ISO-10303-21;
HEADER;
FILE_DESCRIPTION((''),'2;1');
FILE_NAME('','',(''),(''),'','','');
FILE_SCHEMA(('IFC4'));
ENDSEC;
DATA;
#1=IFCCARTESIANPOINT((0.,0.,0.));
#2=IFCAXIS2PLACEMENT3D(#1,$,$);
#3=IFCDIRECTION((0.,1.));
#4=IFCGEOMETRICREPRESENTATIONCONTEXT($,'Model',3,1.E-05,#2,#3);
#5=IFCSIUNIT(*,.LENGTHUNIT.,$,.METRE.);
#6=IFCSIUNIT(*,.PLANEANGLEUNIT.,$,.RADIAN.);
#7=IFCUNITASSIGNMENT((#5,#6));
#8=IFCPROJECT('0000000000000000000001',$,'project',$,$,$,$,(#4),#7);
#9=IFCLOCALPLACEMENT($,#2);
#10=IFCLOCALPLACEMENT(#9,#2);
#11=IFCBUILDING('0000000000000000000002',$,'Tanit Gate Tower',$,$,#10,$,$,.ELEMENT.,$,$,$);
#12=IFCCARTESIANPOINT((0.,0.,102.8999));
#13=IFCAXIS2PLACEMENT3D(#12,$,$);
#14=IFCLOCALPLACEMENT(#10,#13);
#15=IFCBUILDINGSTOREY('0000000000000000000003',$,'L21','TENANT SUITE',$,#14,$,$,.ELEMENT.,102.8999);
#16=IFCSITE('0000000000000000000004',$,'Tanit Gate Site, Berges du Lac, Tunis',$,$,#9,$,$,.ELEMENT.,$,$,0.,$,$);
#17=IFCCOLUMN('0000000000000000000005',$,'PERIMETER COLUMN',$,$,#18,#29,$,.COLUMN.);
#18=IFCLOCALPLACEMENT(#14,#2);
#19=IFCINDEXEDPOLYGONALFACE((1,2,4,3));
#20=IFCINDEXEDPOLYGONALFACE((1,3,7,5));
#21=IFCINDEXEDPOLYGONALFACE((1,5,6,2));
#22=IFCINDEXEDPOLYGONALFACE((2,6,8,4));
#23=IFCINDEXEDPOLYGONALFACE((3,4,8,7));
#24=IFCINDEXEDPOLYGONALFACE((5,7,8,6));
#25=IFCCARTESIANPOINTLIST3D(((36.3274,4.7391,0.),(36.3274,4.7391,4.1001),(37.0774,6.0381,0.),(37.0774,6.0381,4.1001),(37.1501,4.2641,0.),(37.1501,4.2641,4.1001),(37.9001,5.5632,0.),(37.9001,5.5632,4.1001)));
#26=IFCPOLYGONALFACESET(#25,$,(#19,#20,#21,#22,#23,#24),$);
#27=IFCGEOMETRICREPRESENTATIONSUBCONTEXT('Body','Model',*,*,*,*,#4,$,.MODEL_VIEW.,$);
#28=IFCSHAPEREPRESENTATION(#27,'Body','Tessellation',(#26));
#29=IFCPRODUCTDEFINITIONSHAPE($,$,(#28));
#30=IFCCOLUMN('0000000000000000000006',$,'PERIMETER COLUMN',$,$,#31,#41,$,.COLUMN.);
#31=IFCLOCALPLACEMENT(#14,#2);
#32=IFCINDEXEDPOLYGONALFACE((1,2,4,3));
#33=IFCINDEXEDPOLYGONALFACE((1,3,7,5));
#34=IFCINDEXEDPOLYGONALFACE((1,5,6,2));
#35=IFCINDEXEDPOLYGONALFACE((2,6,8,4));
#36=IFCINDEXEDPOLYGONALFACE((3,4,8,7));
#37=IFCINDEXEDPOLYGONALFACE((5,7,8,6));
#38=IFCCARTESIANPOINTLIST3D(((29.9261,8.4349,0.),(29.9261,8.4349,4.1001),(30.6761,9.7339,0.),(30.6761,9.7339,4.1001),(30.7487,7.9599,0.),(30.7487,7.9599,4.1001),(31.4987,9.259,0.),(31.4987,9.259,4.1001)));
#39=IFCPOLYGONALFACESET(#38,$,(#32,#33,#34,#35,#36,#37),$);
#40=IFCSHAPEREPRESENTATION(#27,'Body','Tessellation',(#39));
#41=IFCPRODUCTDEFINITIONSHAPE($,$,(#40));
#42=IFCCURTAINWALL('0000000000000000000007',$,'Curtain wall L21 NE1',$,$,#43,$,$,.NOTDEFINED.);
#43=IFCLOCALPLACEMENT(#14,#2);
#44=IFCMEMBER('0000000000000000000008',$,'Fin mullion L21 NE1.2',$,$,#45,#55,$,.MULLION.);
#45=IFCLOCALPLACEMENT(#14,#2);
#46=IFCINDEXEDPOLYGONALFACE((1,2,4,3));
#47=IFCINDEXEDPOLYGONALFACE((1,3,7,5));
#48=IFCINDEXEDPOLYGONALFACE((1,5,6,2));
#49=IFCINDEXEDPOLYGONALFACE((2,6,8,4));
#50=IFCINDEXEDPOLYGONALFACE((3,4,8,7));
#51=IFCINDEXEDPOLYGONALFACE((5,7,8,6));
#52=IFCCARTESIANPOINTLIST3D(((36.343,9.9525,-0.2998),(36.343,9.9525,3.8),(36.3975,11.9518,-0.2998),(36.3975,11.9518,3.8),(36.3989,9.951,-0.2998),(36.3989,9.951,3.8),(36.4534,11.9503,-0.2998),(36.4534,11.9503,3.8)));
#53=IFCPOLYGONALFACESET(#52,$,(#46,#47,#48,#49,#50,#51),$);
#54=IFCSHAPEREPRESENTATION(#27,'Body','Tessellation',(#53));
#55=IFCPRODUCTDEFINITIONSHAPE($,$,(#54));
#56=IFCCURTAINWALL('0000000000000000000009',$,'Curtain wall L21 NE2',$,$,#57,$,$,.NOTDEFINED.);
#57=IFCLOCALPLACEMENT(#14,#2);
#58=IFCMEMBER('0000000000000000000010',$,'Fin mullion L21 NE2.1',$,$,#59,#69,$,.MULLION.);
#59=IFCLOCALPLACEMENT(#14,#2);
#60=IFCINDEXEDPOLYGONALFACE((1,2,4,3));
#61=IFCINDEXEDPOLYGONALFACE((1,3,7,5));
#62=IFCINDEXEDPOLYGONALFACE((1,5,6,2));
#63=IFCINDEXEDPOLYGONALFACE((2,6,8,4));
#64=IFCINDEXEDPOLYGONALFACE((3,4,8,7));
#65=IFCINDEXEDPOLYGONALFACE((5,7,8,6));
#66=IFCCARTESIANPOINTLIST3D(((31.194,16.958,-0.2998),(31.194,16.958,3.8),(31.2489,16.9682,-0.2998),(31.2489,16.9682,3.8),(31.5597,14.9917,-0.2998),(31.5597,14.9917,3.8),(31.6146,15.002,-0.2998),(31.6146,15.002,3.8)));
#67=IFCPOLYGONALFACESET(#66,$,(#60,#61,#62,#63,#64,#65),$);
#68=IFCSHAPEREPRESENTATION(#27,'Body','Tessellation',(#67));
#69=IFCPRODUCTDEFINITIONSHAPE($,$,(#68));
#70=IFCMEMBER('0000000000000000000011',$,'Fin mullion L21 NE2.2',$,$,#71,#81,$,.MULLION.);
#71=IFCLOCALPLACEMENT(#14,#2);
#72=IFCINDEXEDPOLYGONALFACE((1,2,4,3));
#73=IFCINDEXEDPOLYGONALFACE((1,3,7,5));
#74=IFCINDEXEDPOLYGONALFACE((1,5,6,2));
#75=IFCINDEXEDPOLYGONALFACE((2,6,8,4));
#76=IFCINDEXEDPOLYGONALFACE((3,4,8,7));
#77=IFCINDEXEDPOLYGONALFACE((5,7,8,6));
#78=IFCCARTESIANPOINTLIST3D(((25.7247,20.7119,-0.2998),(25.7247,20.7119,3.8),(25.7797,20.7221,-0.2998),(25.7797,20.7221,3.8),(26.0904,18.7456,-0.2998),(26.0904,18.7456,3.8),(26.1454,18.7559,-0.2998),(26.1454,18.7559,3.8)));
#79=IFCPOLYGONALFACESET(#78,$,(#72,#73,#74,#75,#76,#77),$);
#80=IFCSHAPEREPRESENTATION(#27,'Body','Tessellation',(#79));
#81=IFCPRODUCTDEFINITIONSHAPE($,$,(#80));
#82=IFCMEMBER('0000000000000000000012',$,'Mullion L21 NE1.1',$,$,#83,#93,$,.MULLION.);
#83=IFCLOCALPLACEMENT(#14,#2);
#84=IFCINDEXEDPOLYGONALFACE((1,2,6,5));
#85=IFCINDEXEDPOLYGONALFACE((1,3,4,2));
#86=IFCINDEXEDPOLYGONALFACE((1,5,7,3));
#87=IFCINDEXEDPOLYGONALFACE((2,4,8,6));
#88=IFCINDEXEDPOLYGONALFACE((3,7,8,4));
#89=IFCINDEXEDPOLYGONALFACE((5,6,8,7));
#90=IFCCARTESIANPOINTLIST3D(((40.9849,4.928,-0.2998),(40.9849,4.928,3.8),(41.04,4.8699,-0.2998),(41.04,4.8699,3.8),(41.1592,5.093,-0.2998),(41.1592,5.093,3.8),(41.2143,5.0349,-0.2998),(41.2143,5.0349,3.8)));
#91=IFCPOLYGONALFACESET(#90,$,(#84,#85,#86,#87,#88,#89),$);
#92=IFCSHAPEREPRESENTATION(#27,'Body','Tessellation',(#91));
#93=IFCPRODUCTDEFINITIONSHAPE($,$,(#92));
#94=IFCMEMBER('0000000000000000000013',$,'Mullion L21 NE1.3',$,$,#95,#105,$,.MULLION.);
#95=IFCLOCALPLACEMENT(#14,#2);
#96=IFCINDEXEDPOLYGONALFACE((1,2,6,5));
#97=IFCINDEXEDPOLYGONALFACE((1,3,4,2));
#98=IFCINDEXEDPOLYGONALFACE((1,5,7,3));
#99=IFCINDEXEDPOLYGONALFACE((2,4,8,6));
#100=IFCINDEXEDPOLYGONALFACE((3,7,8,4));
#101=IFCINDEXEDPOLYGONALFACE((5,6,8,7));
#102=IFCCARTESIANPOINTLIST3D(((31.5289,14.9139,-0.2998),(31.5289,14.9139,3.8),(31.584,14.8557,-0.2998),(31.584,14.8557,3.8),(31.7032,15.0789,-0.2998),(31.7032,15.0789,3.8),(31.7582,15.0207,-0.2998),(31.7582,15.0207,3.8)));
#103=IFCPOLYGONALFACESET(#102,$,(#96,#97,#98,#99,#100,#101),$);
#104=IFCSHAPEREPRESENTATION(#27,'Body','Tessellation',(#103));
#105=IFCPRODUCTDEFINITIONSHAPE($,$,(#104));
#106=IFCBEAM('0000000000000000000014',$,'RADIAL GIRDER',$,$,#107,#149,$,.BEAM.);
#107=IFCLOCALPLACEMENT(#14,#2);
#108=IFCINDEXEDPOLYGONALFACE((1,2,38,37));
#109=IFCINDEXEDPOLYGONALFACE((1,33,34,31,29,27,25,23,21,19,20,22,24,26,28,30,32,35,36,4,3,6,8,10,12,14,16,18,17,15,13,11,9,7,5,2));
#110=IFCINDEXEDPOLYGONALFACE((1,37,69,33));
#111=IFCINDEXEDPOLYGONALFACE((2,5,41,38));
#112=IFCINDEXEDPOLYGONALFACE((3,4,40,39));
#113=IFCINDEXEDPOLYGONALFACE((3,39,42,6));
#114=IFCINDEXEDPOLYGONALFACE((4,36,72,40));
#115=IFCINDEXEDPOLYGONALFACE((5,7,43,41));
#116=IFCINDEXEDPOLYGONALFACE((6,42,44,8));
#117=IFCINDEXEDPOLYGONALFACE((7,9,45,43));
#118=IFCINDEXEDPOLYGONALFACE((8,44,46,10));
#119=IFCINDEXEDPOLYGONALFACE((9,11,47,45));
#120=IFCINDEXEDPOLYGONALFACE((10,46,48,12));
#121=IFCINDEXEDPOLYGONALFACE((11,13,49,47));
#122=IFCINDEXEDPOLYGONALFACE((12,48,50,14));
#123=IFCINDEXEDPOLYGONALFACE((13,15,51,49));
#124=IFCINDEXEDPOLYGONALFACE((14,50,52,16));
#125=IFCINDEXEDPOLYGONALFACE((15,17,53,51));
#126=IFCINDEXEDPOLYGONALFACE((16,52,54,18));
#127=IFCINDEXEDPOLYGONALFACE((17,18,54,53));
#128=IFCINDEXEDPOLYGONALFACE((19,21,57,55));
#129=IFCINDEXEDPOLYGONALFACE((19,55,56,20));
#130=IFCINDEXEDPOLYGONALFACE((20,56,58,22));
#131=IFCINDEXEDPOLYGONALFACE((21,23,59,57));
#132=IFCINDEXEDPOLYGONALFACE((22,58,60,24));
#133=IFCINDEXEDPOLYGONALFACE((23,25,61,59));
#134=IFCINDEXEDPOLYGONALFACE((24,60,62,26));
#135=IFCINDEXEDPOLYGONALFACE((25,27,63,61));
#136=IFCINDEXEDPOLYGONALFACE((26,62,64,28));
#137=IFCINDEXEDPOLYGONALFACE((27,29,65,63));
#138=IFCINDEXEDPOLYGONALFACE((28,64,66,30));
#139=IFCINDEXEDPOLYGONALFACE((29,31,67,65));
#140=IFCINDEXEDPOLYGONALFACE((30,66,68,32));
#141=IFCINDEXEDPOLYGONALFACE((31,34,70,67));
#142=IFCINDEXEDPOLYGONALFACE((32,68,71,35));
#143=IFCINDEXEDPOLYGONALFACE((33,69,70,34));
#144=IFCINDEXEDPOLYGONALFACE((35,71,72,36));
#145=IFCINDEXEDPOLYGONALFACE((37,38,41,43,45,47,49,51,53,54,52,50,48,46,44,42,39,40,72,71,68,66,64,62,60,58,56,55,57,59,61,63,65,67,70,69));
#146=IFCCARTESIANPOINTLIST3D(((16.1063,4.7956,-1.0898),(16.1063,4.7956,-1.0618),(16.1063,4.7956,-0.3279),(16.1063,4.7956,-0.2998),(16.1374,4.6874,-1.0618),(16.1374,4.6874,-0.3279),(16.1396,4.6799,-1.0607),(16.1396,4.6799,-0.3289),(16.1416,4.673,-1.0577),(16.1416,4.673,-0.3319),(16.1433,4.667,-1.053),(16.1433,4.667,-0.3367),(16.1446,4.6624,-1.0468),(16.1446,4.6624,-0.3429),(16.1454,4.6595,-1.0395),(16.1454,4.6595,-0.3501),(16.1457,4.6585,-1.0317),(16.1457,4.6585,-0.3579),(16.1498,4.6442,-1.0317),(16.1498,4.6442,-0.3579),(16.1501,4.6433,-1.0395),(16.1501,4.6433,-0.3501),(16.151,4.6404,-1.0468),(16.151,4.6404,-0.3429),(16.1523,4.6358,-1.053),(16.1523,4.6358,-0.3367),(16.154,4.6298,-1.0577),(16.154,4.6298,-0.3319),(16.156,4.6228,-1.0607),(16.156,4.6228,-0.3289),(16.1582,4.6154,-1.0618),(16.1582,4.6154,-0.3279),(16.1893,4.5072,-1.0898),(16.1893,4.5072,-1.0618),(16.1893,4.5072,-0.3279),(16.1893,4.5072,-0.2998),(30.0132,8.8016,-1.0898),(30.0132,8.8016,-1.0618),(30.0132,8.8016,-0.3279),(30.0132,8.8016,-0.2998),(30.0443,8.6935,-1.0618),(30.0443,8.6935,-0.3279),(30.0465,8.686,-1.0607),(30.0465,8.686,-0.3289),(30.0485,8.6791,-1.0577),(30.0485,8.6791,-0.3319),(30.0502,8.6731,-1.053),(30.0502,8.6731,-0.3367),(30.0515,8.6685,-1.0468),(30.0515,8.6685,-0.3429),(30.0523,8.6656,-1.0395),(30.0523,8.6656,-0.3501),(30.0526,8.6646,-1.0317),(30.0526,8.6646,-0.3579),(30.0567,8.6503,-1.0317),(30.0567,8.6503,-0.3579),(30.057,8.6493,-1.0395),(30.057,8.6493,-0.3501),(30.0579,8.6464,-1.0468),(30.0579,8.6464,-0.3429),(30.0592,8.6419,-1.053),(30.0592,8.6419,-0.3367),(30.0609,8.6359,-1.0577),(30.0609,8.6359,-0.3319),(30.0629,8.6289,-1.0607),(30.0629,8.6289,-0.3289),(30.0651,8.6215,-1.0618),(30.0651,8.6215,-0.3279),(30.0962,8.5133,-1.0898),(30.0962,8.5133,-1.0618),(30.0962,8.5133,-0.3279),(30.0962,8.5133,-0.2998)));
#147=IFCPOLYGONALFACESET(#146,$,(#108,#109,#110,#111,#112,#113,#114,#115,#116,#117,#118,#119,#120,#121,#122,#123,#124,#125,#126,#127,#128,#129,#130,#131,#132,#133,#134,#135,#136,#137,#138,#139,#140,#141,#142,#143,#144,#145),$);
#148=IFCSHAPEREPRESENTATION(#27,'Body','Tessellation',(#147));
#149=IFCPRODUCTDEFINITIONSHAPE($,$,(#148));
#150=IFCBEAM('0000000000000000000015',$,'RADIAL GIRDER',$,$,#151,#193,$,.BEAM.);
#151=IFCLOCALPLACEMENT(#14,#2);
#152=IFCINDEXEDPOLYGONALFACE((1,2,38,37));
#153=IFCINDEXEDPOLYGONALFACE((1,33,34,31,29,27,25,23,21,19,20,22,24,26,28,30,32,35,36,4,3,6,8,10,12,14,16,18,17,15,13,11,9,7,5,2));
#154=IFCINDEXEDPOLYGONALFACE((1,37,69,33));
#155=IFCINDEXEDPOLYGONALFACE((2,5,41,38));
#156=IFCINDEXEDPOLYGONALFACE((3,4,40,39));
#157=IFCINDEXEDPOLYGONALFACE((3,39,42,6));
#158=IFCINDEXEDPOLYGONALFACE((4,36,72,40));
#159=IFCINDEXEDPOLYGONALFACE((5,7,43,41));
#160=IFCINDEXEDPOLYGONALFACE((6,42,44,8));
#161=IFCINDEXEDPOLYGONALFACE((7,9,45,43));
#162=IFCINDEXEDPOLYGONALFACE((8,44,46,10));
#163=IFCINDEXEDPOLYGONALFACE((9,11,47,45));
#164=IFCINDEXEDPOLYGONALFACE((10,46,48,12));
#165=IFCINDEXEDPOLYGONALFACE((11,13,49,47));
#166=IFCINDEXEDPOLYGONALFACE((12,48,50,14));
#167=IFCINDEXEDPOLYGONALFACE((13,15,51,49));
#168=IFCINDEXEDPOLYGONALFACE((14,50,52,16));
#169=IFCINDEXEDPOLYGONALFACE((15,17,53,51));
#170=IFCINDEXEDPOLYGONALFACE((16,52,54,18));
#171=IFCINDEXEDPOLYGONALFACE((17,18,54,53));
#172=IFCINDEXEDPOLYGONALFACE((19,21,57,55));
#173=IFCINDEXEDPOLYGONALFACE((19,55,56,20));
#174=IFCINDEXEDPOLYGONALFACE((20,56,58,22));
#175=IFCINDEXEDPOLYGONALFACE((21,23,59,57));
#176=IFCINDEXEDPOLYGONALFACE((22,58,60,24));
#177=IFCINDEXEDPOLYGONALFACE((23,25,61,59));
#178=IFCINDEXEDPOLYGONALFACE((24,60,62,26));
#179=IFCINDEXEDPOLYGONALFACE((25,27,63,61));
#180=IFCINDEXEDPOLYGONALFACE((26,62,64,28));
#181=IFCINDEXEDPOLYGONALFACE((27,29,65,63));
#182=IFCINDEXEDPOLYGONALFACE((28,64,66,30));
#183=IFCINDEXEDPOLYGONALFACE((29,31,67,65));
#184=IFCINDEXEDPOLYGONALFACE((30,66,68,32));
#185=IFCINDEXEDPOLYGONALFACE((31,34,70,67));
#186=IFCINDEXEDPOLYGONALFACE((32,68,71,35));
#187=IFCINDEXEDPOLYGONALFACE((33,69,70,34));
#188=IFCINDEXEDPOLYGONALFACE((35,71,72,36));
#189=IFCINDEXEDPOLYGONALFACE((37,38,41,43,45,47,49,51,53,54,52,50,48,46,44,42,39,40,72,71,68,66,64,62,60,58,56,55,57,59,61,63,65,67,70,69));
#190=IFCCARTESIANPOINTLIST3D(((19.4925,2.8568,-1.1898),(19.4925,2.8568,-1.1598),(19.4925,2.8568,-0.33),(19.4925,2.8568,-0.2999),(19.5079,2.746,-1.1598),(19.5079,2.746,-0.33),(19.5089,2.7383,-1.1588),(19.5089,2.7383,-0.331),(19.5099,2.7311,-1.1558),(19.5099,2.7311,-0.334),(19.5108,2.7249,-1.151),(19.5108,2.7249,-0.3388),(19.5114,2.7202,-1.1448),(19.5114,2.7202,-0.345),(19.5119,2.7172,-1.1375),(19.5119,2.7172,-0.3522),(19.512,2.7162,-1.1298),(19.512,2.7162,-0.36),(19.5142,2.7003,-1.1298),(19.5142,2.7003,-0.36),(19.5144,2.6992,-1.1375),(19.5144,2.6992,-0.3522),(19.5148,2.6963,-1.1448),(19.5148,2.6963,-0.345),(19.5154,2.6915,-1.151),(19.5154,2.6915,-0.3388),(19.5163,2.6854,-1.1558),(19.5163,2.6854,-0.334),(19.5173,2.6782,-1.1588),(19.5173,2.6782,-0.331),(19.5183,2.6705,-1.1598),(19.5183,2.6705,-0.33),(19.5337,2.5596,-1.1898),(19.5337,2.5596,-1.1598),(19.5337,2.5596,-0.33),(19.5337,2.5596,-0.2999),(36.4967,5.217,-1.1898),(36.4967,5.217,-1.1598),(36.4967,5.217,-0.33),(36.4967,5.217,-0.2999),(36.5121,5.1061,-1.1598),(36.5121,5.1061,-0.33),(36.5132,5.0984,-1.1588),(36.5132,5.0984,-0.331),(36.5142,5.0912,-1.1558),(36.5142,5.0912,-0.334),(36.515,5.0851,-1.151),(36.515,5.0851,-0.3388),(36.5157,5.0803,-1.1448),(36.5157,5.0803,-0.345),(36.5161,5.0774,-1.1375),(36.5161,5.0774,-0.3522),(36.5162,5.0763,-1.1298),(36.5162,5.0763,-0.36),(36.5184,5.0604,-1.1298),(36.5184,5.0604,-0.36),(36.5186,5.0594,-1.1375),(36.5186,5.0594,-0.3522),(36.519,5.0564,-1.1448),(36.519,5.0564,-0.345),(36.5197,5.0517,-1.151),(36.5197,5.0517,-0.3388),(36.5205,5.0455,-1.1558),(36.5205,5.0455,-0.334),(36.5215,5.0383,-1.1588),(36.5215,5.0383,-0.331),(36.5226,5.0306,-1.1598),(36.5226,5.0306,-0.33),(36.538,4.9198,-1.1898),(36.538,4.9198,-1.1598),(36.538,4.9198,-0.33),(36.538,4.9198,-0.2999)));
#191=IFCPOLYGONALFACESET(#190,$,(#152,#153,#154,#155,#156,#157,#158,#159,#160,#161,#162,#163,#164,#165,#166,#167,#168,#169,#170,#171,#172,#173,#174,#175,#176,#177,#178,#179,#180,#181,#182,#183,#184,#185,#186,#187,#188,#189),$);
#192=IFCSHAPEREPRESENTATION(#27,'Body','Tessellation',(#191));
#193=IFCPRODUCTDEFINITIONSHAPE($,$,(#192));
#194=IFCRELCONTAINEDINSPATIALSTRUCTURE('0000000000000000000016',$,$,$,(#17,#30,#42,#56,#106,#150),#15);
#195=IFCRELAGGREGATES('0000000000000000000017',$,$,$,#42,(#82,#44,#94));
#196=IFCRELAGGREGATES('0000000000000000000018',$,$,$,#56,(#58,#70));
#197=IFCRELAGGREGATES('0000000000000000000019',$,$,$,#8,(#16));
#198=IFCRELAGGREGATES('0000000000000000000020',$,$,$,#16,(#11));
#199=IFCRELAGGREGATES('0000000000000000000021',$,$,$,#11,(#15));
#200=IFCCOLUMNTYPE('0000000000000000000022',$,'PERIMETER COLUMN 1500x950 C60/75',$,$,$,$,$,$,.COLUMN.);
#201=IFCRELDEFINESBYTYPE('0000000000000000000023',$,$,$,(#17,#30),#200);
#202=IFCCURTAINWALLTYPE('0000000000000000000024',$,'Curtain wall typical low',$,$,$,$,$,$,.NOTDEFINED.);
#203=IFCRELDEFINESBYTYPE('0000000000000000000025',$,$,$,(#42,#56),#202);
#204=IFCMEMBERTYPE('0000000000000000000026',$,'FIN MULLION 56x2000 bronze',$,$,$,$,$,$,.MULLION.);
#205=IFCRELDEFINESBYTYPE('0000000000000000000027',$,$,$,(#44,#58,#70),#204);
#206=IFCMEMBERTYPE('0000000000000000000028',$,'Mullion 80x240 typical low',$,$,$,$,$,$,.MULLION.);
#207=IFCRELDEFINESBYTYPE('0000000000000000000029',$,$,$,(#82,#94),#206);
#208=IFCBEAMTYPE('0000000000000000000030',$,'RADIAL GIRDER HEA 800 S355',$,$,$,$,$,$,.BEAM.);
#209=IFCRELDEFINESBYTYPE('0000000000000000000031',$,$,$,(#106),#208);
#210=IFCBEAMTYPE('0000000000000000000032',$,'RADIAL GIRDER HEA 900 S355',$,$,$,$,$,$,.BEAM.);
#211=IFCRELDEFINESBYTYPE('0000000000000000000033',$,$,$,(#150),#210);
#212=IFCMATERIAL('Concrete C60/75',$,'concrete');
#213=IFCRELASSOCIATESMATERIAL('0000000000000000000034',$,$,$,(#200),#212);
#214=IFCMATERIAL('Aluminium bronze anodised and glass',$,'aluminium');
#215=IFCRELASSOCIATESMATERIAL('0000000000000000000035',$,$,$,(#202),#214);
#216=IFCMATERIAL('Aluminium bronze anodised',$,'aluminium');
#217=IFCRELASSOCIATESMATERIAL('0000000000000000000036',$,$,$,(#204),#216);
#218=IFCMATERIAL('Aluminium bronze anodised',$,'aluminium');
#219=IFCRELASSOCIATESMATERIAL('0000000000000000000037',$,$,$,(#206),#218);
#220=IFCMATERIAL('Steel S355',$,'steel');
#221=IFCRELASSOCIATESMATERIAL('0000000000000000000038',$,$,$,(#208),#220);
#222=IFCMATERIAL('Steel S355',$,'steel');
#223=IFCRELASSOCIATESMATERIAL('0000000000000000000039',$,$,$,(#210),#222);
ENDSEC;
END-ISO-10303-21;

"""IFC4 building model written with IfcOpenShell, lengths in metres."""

from ifc_helpers import new_model, si_unit, direction, frame, origin, origin_2d, place, context, subcontext, project, spatial, rectangle, i_section, extrude, material, material_profile, profile_set, type_object, element, aggregate, save


model = new_model("IFC4")

# Units and contexts
model_context = context("Model", 3, precision=1e-05, world=origin(), true_north=direction((0.0, 1.0)))
body_context = subcontext(model_context, "Body", "Model", "MODEL_VIEW")
ifc_project = project(units=[si_unit("LENGTHUNIT", "METRE"), si_unit("PLANEANGLEUNIT", "RADIAN")], contexts=[model_context])

# Site, building, storey
site_placement = place(None, origin())
site = spatial("IfcSite", under=ifc_project, at=site_placement, Name="Tanit Gate Site, Berges du Lac, Tunis", CompositionType="ELEMENT", RefElevation=0.0)
building_placement = place(site_placement, origin())
building = spatial("IfcBuilding", under=site, at=building_placement, Name="Tanit Gate Tower", CompositionType="ELEMENT")
storey_placement = place(building_placement, frame((0.0, 0.0, 102.8999)))
storey = spatial("IfcBuildingStorey", under=building, at=storey_placement, Name="L21", Description="TENANT SUITE", CompositionType="ELEMENT", Elevation=102.8999)

# Columns
ifc_material_1 = material(Name="Concrete C60/75", Category="concrete")
ifc_material_profile_1 = material_profile(ifc_material_1, rectangle(XDim=1.5, YDim=0.95, at=origin_2d()), Name="RC 1500x950")
ifc_profile_set_1 = profile_set([ifc_material_profile_1], Name="Concrete C60/75")
column_type = type_object("IfcColumnType", Name="PERIMETER COLUMN 1500x950 C60/75", PredefinedType="COLUMN", material=ifc_profile_set_1)
for number, where, z_axis, x_axis, name in (
    (1, (37.1138, 5.1511, 0.0), (0.0, 0.0, 1.0), (0.5, 0.866025, 0.0), "PERIMETER COLUMN"),
    (2, (30.7124, 8.8469, 0.0), (0.0, 0.0, 1.0), (0.5, 0.866025, 0.0), "PERIMETER COLUMN"),
):
    element("IfcColumn", number, at=place(storey_placement, frame(where, z_axis=z_axis, x_axis=x_axis)), inside=storey, type_object=column_type, Name=name, PredefinedType="COLUMN", context=body_context, shape_type="SweptSolid", body=[
        extrude(rectangle(XDim=1.5, YDim=0.95, at=origin_2d()), origin(), (0.0, 0.0, 1.0), 4.1001),
    ])

# Curtain wall, member
ifc_material_2 = material(Name="Aluminium bronze anodised and glass", Category="aluminium")
curtain_wall_type = type_object("IfcCurtainWallType", Name="Curtain wall typical low", PredefinedType="NOTDEFINED", material=ifc_material_2)
curtain_wall_1_placement = place(storey_placement, origin())
curtain_wall_1 = element("IfcCurtainWall", 3, at=curtain_wall_1_placement, inside=storey, type_object=curtain_wall_type, Name="Curtain wall L21 NE1", PredefinedType="NOTDEFINED")
ifc_material_3 = material(Name="Aluminium bronze anodised", Category="aluminium")
ifc_material_profile_2 = material_profile(ifc_material_3, rectangle(XDim=2.0, YDim=0.0559, at=origin_2d()), Name="56x2000 bronze fin mullion")
ifc_profile_set_2 = profile_set([ifc_material_profile_2], Name="Aluminium bronze anodised")
member_type_1 = type_object("IfcMemberType", Name="FIN MULLION 56x2000 bronze", PredefinedType="MULLION", material=ifc_profile_set_2)
member_1_placement = place(storey_placement, frame((36.3982, 10.9514, -0.2998), z_axis=(0.0, 0.0, 1.0), x_axis=(-0.027242, -0.999629, 0.0)))
member_1 = element("IfcMember", 4, at=member_1_placement, type_object=member_type_1, Name="Fin mullion L21 NE1.2", PredefinedType="MULLION", context=body_context, shape_type="SweptSolid", body=[
    extrude(rectangle(XDim=2.0, YDim=0.0559, at=origin_2d()), origin(), (0.0, 0.0, 1.0), 4.0999),
])

# Curtain wall, members
curtain_wall_2_placement = place(storey_placement, origin())
curtain_wall_2 = element("IfcCurtainWall", 5, at=curtain_wall_2_placement, inside=storey, type_object=curtain_wall_type, Name="Curtain wall L21 NE2", PredefinedType="NOTDEFINED")
member_2_placement = place(storey_placement, frame((31.4043, 15.98, -0.2998), z_axis=(0.0, 0.0, 1.0), x_axis=(0.182847, -0.983141, 0.0)))
member_2 = element("IfcMember", 6, at=member_2_placement, type_object=member_type_1, Name="Fin mullion L21 NE2.1", PredefinedType="MULLION", context=body_context, shape_type="SweptSolid", body=[
    extrude(rectangle(XDim=2.0, YDim=0.0559, at=origin_2d()), origin(), (0.0, 0.0, 1.0), 4.0999),
])
member_3_placement = place(storey_placement, frame((25.9351, 19.7339, -0.2998), z_axis=(0.0, 0.0, 1.0), x_axis=(0.182847, -0.983141, 0.0)))
member_3 = element("IfcMember", 7, at=member_3_placement, type_object=member_type_1, Name="Fin mullion L21 NE2.2", PredefinedType="MULLION", context=body_context, shape_type="SweptSolid", body=[
    extrude(rectangle(XDim=2.0, YDim=0.0559, at=origin_2d()), origin(), (0.0, 0.0, 1.0), 4.0999),
])

# Members
ifc_material_4 = material(Name="Aluminium bronze anodised", Category="aluminium")
ifc_material_profile_3 = material_profile(ifc_material_4, rectangle(XDim=0.24, YDim=0.0801, at=origin_2d()), Name="80x240 bronze mullion")
ifc_profile_set_3 = profile_set([ifc_material_profile_3], Name="Aluminium bronze anodised")
member_type_2 = type_object("IfcMemberType", Name="Mullion 80x240 typical low", PredefinedType="MULLION", material=ifc_profile_set_3)
member_4_placement = place(storey_placement, frame((41.0996, 4.9814, -0.2998), z_axis=(0.0, 0.0, 1.0), x_axis=(-0.726107, -0.687581, 0.0)))
member_4 = element("IfcMember", 8, at=member_4_placement, type_object=member_type_2, Name="Mullion L21 NE1.1", PredefinedType="MULLION", context=body_context, shape_type="SweptSolid", body=[
    extrude(rectangle(XDim=0.24, YDim=0.0801, at=origin_2d()), origin(), (0.0, 0.0, 1.0), 4.0999),
])
member_5_placement = place(storey_placement, frame((31.6436, 14.9673, -0.2998), z_axis=(0.0, 0.0, 1.0), x_axis=(-0.726107, -0.687581, 0.0)))
member_5 = element("IfcMember", 9, at=member_5_placement, type_object=member_type_2, Name="Mullion L21 NE1.3", PredefinedType="MULLION", context=body_context, shape_type="SweptSolid", body=[
    extrude(rectangle(XDim=0.24, YDim=0.0801, at=origin_2d()), origin(), (0.0, 0.0, 1.0), 4.0999),
])

# Beams
ifc_material_5 = material(Name="Steel S355", Category="steel")
ifc_material_profile_4 = material_profile(ifc_material_5, i_section(OverallWidth=0.3, OverallDepth=0.79, WebThickness=0.0149, FlangeThickness=0.0281, FilletRadius=0.03, at=origin_2d()), Name="HEA 800")
ifc_profile_set_4 = profile_set([ifc_material_profile_4], Name="Steel S355")
beam_type_1 = type_object("IfcBeamType", Name="RADIAL GIRDER HEA 800 S355", PredefinedType="BEAM", material=ifc_profile_set_4)
beam_1_placement = place(storey_placement, frame((30.0547, 8.6575, -0.6948), z_axis=(-0.960925, -0.276808, 0.0), x_axis=(0.276808, -0.960925, 0.0)))
element("IfcBeam", 10, at=beam_1_placement, inside=storey, type_object=beam_type_1, Name="RADIAL GIRDER", PredefinedType="BEAM", context=body_context, shape_type="SweptSolid", body=[
    extrude(i_section(OverallWidth=0.3, OverallDepth=0.79, WebThickness=0.0149, FlangeThickness=0.0281, FilletRadius=0.03, at=origin_2d()), origin(), (0.0, 0.0, 1.0), 14.4724),
])
ifc_material_6 = material(Name="Steel S355", Category="steel")
ifc_material_profile_5 = material_profile(ifc_material_6, i_section(OverallWidth=0.3, OverallDepth=0.8899, WebThickness=0.0161, FlangeThickness=0.03, FilletRadius=0.03, at=origin_2d()), Name="HEA 900")
ifc_profile_set_5 = profile_set([ifc_material_profile_5], Name="Steel S355")
beam_type_2 = type_object("IfcBeamType", Name="RADIAL GIRDER HEA 900 S355", PredefinedType="BEAM", material=ifc_profile_set_5)
beam_2_placement = place(storey_placement, frame((36.5173, 5.0684, -0.7449), z_axis=(-0.990505, -0.137478, 0.0), x_axis=(0.137478, -0.990505, 0.0)))
element("IfcBeam", 11, at=beam_2_placement, inside=storey, type_object=beam_type_2, Name="RADIAL GIRDER", PredefinedType="BEAM", context=body_context, shape_type="SweptSolid", body=[
    extrude(i_section(OverallWidth=0.3, OverallDepth=0.8899, WebThickness=0.0161, FlangeThickness=0.03, FilletRadius=0.03, at=origin_2d()), origin(), (0.0, 0.0, 1.0), 17.1672),
])

aggregate(curtain_wall_1, [member_4, member_1, member_5])
aggregate(curtain_wall_2, [member_2, member_3])

save(model, "model.ifc")
